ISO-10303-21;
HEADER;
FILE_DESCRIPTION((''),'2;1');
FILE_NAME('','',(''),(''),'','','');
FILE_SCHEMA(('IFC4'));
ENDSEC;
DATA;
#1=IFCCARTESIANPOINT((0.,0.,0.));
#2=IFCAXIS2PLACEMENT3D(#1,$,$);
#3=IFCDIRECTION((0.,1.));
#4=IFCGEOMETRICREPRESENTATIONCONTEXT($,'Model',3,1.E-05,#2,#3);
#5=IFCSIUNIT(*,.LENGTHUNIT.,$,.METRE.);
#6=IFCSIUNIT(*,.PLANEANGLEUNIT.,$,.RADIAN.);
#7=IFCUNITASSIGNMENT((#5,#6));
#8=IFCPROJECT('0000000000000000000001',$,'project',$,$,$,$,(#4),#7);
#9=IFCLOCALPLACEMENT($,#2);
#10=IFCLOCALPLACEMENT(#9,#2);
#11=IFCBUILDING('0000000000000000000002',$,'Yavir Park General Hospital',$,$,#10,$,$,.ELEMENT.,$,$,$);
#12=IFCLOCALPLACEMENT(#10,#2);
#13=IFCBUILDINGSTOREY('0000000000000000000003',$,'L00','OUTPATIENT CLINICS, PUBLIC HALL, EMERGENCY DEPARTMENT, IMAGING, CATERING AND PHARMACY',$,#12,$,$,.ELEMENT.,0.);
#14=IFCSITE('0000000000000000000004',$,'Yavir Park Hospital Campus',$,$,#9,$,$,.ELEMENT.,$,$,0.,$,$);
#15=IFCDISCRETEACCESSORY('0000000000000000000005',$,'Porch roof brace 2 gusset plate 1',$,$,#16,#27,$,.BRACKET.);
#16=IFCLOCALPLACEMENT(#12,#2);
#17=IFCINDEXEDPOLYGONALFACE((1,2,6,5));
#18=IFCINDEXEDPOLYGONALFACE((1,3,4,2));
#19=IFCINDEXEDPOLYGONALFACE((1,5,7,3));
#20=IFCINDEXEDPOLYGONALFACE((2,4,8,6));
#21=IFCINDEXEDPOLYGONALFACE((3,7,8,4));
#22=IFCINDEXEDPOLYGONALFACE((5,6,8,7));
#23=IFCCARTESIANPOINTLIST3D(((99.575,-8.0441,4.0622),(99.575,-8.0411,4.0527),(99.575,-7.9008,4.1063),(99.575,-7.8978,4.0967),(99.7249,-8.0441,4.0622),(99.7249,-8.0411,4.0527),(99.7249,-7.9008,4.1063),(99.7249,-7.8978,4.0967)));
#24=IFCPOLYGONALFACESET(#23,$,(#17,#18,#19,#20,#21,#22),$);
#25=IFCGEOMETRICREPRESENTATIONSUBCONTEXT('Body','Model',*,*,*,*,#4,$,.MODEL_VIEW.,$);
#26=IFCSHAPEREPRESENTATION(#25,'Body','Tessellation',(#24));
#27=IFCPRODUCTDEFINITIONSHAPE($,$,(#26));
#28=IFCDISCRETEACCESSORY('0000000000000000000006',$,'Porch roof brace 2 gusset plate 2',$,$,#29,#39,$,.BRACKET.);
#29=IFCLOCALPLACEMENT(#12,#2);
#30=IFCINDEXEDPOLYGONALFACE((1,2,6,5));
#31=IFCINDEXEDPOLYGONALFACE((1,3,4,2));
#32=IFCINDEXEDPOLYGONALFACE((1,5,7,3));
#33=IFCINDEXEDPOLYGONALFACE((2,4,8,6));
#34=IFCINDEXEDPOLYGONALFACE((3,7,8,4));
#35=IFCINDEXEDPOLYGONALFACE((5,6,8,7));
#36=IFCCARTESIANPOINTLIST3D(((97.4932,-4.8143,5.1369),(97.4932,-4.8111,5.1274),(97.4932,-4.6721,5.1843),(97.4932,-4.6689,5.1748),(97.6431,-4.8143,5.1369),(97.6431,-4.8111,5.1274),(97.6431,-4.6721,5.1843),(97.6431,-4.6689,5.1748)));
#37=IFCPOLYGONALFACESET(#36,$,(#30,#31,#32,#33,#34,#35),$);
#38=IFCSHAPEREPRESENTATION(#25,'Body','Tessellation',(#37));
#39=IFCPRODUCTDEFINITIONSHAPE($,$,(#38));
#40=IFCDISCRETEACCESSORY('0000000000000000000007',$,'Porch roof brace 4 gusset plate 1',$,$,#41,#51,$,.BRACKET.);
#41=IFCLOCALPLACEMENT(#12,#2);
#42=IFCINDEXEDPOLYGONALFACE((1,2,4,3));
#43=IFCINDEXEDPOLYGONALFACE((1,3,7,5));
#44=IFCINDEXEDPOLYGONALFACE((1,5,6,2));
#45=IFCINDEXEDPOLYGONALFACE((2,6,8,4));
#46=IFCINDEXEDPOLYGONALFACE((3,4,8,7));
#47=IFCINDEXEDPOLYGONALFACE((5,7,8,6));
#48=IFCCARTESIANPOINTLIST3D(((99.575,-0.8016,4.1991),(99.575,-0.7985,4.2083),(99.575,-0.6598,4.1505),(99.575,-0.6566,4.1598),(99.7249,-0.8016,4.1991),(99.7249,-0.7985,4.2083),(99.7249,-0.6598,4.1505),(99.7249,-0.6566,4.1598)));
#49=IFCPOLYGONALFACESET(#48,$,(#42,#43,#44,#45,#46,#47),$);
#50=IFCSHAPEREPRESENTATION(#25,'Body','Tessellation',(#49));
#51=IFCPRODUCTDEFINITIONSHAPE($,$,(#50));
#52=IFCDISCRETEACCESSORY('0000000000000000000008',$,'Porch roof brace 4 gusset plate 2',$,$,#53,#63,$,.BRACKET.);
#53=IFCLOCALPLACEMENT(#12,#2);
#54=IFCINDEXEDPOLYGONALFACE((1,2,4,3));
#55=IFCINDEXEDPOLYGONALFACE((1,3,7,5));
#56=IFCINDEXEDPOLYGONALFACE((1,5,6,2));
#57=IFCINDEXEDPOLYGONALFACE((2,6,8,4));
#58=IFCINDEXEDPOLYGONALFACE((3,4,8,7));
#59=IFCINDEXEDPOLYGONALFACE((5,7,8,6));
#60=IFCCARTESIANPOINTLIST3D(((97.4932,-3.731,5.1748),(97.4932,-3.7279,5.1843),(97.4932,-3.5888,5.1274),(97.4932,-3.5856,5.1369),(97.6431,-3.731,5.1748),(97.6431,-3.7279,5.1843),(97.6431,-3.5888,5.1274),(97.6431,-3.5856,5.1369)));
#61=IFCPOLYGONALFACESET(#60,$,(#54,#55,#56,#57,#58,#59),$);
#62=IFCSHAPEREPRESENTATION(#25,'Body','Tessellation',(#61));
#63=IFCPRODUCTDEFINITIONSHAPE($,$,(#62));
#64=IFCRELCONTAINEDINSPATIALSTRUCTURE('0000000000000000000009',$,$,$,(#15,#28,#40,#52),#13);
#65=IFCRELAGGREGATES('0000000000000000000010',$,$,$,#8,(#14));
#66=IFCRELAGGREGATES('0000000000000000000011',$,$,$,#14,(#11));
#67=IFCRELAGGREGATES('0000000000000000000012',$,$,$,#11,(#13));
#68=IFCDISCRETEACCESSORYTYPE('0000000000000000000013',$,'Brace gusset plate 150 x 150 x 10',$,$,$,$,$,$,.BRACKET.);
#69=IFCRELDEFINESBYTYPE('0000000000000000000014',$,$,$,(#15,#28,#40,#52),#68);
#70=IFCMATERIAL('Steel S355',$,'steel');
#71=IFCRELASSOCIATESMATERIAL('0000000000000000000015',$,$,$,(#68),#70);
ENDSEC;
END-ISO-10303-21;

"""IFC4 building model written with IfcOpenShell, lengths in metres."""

from ifc_helpers import new_model, si_unit, direction, frame, origin, origin_2d, place, context, subcontext, project, spatial, rectangle, extrude, material, material_profile, profile_set, type_object, element, save


model = new_model("IFC4")

# Units and contexts
model_context = context("Model", 3, precision=1e-05, world=origin(), true_north=direction((0.0, 1.0)))
body_context = subcontext(model_context, "Body", "Model", "MODEL_VIEW")
ifc_project = project(units=[si_unit("LENGTHUNIT", "METRE"), si_unit("PLANEANGLEUNIT", "RADIAN")], contexts=[model_context])

# Site, building, storey
site_placement = place(None, origin())
site = spatial("IfcSite", under=ifc_project, at=site_placement, Name="Yavir Park Hospital Campus", CompositionType="ELEMENT", RefElevation=0.0)
building_placement = place(site_placement, origin())
building = spatial("IfcBuilding", under=site, at=building_placement, Name="Yavir Park General Hospital", CompositionType="ELEMENT")
storey_placement = place(building_placement, origin())
storey = spatial("IfcBuildingStorey", under=building, at=storey_placement, Name="L00", Description="OUTPATIENT CLINICS, PUBLIC HALL, EMERGENCY DEPARTMENT, IMAGING, CATERING AND PHARMACY", CompositionType="ELEMENT", Elevation=0.0)

# Discrete accessories
ifc_material_1 = material(Name="Steel S355", Category="steel")
ifc_material_profile_1 = material_profile(ifc_material_1, rectangle(XDim=0.1499, YDim=0.1499, at=origin_2d()), Name="PL150x150")
ifc_profile_set_1 = profile_set([ifc_material_profile_1], Name="Steel S355")
discrete_accessory_type = type_object("IfcDiscreteAccessoryType", Name="Brace gusset plate 150 x 150 x 10", PredefinedType="BRACKET", material=ifc_profile_set_1)
for number, where, z_axis, x_axis, name in (
    (1, (99.6499, -7.9695, 4.0747), (0.0, -0.294086, 0.955779), (1.0, 0.0, 0.0), "Porch roof brace 2 gusset plate 1"),
    (2, (97.5681, -4.74, 5.1511), (0.0, -0.316228, 0.948683), (1.0, 0.0, 0.0), "Porch roof brace 2 gusset plate 2"),
):
    element("IfcDiscreteAccessory", number, at=place(storey_placement, frame(where, z_axis=z_axis, x_axis=x_axis)), inside=storey, type_object=discrete_accessory_type, Name=name, PredefinedType="BRACKET", context=body_context, shape_type="SweptSolid", body=[
        extrude(rectangle(XDim=0.1499, YDim=0.1499, at=origin_2d()), origin(), (0.0, 0.0, 1.0), 0.01),
    ])
discrete_accessory_1_placement = place(storey_placement, frame((99.6499, -0.7307, 4.1748), z_axis=(0.0, 0.323688, 0.946164), x_axis=(-1.0, 0.0, 0.0)))
element("IfcDiscreteAccessory", 3, at=discrete_accessory_1_placement, inside=storey, type_object=discrete_accessory_type, Name="Porch roof brace 4 gusset plate 1", PredefinedType="BRACKET", context=body_context, shape_type="SweptSolid", body=[
    extrude(rectangle(XDim=0.1499, YDim=0.1499, at=origin_2d()), origin(), (0.0, 0.0, 1.0), 0.0098),
])
discrete_accessory_2_placement = place(storey_placement, frame((97.5681, -3.6599, 5.1511), z_axis=(0.0, 0.316228, 0.948683), x_axis=(-1.0, 0.0, 0.0)))
element("IfcDiscreteAccessory", 4, at=discrete_accessory_2_placement, inside=storey, type_object=discrete_accessory_type, Name="Porch roof brace 4 gusset plate 2", PredefinedType="BRACKET", context=body_context, shape_type="SweptSolid", body=[
    extrude(rectangle(XDim=0.1499, YDim=0.1499, at=origin_2d()), origin(), (0.0, 0.0, 1.0), 0.01),
])

save(model, "model.ifc")
